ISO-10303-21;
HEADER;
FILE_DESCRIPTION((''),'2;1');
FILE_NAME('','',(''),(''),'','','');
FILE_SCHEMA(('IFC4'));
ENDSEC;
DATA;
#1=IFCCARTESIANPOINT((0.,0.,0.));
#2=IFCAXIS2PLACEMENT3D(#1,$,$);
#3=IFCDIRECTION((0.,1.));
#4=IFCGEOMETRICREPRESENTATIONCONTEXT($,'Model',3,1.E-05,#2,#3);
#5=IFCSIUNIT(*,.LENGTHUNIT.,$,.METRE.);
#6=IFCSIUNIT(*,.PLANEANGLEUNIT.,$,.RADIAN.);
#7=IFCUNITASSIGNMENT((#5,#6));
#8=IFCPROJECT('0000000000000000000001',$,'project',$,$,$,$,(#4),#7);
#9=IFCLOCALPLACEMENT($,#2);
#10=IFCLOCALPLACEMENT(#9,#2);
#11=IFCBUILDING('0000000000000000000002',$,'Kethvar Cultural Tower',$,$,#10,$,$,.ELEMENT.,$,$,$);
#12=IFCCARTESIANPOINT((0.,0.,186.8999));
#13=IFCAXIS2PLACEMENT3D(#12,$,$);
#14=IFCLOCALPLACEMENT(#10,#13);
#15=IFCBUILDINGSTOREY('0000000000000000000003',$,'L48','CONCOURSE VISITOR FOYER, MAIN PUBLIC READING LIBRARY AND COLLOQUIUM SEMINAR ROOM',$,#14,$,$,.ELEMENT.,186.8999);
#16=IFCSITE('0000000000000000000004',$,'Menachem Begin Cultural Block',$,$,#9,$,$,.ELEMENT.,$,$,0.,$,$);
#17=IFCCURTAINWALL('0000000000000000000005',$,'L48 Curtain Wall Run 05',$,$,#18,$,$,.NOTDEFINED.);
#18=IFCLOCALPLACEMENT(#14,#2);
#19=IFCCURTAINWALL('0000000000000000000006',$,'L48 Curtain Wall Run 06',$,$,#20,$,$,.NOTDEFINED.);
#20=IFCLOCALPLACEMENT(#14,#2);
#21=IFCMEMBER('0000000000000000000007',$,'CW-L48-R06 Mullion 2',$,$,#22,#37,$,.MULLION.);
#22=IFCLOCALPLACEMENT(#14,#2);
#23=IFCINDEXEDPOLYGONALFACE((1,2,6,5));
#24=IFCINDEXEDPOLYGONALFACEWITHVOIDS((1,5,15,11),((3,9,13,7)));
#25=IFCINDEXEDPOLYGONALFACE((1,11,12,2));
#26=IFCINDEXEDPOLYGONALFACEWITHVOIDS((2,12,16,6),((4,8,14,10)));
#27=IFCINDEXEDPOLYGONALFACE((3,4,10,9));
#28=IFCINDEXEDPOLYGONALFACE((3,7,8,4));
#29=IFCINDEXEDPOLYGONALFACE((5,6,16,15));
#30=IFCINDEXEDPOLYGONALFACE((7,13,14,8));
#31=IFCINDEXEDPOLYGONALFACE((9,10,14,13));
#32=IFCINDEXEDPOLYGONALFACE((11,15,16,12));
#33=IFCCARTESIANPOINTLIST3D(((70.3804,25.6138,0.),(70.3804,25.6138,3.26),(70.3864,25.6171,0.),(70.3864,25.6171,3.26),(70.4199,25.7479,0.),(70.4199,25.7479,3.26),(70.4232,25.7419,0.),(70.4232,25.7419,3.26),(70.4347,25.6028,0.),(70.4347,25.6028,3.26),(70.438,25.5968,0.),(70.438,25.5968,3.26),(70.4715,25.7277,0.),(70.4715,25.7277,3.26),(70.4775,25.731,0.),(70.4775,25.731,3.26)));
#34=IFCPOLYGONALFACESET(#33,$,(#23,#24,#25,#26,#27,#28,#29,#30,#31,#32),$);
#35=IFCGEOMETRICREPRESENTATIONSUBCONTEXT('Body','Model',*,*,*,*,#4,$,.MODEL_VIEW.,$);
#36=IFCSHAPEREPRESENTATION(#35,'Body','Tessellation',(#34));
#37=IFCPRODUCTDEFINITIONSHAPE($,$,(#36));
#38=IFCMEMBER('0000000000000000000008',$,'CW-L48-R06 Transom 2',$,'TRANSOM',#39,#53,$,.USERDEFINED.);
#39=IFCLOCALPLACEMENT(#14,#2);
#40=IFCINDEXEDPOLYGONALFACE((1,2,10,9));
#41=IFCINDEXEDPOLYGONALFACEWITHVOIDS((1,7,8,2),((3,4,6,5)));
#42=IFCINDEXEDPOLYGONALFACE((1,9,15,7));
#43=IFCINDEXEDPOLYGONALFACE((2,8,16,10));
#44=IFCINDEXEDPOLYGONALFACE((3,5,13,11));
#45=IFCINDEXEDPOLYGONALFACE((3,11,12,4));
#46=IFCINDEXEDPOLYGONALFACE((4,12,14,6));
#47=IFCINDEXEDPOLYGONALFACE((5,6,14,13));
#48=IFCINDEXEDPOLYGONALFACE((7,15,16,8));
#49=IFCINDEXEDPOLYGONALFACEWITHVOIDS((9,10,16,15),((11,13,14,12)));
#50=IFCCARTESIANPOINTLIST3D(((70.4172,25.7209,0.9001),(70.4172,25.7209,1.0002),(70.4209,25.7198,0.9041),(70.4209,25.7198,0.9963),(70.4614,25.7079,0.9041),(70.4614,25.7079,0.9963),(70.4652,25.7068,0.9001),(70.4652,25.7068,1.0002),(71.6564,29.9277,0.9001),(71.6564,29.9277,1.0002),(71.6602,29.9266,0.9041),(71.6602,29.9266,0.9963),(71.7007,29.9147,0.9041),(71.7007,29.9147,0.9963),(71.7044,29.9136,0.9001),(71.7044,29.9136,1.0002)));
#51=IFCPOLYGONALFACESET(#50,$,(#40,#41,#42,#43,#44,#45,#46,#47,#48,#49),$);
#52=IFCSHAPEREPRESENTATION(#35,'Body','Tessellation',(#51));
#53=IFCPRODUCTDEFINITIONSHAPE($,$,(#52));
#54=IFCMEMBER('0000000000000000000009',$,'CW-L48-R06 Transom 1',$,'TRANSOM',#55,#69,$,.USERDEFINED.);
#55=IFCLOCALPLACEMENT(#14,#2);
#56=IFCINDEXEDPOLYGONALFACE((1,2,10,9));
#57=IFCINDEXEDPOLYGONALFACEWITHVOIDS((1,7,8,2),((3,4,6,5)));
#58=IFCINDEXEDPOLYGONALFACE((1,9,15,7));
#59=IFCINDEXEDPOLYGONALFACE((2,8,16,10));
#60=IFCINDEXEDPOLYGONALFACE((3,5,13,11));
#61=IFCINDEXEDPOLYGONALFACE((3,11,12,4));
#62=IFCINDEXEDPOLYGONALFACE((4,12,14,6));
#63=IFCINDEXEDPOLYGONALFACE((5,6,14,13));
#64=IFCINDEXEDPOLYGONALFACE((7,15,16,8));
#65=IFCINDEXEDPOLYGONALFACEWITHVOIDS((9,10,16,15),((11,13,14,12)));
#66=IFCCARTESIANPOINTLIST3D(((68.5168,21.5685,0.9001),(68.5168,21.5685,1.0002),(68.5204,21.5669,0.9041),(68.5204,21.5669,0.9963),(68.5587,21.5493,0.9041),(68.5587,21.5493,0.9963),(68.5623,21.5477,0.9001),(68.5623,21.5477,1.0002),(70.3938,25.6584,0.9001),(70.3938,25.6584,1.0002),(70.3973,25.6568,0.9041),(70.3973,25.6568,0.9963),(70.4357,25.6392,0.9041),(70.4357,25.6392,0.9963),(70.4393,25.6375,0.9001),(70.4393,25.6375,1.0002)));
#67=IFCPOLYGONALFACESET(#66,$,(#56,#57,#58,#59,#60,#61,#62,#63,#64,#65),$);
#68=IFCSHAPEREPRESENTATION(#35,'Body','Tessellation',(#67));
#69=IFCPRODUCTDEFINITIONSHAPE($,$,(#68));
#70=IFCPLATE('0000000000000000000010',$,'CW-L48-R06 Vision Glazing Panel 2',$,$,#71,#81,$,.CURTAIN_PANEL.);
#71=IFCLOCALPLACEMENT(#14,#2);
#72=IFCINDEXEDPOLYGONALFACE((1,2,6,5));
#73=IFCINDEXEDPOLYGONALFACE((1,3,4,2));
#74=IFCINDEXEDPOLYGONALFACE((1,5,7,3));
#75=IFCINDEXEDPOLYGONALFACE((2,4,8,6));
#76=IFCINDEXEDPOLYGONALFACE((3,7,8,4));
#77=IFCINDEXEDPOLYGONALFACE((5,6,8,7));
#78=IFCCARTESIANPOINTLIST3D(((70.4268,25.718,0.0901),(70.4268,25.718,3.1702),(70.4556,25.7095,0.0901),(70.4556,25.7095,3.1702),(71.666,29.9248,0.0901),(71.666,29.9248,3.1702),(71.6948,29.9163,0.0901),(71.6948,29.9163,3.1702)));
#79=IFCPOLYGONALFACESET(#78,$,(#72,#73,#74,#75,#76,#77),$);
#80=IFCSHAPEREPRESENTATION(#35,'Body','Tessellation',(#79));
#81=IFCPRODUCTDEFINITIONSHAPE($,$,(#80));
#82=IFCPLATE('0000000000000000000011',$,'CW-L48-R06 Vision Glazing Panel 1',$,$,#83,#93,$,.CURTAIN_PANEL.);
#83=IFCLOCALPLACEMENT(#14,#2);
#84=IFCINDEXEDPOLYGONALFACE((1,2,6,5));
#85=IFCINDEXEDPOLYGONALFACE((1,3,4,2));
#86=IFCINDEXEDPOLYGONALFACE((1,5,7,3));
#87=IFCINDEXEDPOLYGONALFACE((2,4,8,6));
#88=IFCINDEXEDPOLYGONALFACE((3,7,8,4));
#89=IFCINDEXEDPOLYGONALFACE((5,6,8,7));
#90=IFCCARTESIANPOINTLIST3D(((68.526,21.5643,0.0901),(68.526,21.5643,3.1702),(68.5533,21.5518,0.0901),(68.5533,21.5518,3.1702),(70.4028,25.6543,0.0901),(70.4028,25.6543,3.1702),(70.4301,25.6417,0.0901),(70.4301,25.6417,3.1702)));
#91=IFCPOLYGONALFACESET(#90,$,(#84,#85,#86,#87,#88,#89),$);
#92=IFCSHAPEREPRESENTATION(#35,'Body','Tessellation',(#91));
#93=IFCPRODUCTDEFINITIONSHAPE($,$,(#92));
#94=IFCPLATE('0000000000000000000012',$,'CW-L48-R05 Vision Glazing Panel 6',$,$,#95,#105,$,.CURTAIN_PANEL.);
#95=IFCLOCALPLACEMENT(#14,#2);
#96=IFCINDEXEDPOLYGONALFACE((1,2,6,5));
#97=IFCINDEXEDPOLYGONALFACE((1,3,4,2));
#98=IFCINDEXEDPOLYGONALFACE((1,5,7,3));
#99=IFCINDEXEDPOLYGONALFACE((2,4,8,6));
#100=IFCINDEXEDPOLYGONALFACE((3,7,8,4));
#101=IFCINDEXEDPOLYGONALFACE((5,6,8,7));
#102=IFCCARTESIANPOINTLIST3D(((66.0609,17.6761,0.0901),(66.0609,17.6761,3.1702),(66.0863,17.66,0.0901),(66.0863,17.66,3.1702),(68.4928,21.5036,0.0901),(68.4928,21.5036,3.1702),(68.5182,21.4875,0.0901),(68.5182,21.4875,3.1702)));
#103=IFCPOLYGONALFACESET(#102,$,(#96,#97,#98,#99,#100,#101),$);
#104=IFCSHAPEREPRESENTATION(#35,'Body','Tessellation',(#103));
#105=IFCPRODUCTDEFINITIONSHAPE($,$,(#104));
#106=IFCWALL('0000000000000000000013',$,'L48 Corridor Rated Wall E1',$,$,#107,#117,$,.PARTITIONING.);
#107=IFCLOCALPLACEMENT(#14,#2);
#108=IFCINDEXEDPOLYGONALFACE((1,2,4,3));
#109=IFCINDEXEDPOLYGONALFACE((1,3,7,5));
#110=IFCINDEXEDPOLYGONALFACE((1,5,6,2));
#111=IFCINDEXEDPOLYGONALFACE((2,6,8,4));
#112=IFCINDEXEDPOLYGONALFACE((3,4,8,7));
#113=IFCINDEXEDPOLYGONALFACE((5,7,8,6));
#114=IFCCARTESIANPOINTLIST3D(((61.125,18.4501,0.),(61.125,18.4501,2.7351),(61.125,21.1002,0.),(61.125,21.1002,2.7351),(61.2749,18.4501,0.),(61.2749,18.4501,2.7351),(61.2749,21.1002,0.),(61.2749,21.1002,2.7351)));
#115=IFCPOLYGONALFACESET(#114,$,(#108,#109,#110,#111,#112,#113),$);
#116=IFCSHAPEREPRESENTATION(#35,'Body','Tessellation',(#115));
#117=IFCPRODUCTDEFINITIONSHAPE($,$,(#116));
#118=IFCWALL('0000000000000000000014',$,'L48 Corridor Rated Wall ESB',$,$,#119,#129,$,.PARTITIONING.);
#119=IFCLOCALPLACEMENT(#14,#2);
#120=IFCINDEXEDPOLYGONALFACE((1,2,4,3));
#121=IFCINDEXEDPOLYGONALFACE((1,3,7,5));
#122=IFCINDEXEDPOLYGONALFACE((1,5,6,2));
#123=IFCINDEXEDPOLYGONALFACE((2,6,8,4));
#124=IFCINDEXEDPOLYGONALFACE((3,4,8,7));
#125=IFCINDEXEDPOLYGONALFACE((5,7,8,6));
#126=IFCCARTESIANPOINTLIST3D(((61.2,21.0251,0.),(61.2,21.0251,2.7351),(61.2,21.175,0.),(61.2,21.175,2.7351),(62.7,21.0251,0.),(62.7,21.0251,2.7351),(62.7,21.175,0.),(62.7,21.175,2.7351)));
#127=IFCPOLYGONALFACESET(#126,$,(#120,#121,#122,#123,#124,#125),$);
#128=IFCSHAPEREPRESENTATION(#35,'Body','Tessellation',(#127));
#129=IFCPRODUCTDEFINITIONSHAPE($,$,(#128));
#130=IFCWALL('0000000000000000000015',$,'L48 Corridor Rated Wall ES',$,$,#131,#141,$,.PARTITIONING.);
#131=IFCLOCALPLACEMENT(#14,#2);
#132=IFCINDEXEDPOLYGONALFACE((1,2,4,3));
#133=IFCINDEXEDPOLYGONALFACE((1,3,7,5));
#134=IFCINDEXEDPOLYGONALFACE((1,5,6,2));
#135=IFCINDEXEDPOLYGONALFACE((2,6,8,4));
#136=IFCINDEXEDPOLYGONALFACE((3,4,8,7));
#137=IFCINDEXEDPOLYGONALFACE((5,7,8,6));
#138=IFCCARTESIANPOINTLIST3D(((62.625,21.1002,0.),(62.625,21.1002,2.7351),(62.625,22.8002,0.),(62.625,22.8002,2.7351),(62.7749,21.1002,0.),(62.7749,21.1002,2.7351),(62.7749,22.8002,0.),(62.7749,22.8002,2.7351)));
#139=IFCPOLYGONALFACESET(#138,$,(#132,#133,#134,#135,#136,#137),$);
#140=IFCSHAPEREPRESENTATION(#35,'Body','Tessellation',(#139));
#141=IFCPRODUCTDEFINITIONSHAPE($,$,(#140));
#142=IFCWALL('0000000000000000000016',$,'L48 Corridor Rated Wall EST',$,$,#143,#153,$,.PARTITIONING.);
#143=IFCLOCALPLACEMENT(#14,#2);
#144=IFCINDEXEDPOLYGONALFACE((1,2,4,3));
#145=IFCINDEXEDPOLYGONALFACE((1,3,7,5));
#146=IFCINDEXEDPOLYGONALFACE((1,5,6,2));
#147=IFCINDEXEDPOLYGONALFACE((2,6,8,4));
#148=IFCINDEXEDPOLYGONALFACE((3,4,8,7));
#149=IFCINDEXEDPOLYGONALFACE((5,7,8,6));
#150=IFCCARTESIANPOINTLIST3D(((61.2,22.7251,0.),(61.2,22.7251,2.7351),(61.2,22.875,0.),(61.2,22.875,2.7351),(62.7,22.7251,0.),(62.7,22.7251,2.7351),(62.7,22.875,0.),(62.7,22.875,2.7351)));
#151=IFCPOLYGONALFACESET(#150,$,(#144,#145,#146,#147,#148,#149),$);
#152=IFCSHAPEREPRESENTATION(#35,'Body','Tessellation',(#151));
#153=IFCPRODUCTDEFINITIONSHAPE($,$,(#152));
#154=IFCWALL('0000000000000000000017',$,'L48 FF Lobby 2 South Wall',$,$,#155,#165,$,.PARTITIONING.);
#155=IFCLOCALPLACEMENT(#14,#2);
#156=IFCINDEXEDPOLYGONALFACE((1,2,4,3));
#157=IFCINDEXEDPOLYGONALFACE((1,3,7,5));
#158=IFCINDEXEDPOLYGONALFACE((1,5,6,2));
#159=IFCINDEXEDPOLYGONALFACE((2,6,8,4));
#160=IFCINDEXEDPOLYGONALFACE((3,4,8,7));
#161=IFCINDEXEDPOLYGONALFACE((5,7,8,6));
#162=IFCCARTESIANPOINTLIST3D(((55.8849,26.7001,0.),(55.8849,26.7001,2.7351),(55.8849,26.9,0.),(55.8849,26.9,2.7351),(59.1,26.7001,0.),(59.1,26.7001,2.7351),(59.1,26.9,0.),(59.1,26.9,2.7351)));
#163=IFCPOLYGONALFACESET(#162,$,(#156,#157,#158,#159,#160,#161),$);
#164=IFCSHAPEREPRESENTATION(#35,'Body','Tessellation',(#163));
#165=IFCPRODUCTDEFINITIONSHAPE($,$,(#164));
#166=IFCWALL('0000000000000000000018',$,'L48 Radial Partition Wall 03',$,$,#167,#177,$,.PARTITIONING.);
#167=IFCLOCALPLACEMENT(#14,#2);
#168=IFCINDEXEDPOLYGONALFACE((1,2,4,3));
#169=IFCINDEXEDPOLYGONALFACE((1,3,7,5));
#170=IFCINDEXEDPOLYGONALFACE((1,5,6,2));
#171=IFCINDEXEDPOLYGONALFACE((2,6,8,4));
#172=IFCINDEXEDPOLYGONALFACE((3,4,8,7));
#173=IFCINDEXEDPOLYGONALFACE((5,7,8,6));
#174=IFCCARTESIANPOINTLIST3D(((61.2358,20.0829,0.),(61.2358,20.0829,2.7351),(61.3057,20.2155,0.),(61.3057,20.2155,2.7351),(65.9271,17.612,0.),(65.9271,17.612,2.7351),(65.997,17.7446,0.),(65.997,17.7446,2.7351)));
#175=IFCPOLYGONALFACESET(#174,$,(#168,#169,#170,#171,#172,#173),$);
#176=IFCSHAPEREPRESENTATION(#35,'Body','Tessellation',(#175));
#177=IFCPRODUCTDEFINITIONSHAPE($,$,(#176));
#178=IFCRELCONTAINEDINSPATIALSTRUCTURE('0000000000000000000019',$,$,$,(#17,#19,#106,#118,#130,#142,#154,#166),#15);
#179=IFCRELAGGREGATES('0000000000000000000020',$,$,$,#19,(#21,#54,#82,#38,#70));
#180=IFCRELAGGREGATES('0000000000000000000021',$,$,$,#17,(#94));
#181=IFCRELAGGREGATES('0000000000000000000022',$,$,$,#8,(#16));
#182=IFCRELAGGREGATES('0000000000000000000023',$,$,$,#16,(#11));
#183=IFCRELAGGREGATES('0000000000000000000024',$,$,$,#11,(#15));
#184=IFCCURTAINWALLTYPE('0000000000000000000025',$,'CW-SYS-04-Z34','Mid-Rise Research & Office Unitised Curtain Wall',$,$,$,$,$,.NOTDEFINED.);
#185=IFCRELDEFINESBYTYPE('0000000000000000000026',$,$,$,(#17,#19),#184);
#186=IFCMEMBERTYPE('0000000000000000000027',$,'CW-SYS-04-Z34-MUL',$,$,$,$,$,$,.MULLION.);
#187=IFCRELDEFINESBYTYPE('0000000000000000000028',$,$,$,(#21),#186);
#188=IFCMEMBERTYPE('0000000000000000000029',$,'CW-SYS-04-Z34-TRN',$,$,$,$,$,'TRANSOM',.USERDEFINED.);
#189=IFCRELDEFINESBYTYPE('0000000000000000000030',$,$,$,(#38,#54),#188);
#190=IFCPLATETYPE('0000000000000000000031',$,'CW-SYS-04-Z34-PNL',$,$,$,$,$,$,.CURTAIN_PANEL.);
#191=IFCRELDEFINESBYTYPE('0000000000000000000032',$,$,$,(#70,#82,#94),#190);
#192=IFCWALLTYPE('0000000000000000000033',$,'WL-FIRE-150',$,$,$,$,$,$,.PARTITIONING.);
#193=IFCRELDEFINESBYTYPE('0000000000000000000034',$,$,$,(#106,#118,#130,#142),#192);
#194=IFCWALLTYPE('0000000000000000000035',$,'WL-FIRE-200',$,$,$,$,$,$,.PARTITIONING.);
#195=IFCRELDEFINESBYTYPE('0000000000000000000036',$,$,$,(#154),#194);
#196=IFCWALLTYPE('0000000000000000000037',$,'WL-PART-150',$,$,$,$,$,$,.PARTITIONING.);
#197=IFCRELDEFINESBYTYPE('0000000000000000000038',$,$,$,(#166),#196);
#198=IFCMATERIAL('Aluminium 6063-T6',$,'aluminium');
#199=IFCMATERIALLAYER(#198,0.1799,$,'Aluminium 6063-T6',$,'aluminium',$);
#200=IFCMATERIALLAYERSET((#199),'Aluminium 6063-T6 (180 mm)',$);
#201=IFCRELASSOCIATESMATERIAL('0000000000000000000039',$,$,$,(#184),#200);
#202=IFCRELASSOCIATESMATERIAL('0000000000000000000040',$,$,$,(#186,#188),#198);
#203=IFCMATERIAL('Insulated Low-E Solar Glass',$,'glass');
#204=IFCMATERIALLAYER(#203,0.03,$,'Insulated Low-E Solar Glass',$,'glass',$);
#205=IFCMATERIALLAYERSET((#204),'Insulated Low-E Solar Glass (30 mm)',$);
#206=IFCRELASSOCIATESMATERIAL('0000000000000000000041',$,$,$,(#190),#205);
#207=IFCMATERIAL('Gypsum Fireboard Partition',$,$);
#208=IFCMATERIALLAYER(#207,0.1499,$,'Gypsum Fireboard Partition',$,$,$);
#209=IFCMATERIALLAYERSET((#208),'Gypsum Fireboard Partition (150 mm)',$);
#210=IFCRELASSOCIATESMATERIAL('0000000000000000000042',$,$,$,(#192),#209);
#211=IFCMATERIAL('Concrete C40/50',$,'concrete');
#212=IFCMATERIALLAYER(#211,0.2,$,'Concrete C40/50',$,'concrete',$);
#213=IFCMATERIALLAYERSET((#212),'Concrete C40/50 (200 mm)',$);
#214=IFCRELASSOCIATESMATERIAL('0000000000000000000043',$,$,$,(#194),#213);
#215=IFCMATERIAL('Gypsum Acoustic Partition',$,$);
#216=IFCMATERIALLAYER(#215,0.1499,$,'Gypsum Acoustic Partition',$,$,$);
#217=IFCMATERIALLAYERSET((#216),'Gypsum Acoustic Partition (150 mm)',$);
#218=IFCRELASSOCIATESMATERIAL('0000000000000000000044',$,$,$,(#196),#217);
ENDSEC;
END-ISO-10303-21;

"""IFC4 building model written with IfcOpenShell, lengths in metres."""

from ifc_helpers import new_model, si_unit, direction, frame, frame_2d, origin, origin_2d, place, context, subcontext, project, spatial, rectangle, hollow_rectangle, extrude, source, transform, mapped, material, layer, layer_set, material_profile, profile_set, type_object, element, aggregate, save


model = new_model("IFC4")

# Units and contexts
model_context = context("Model", 3, precision=1e-05, world=origin(), true_north=direction((0.0, 1.0)))
body_context = subcontext(model_context, "Body", "Model", "MODEL_VIEW")
ifc_project = project(units=[si_unit("LENGTHUNIT", "METRE"), si_unit("PLANEANGLEUNIT", "RADIAN")], contexts=[model_context])

# Site, building, storey
site_placement = place(None, origin())
site = spatial("IfcSite", under=ifc_project, at=site_placement, Name="Menachem Begin Cultural Block", CompositionType="ELEMENT", RefElevation=0.0)
building_placement = place(site_placement, origin())
building = spatial("IfcBuilding", under=site, at=building_placement, Name="Kethvar Cultural Tower", CompositionType="ELEMENT")
storey_placement = place(building_placement, frame((0.0, 0.0, 186.8999)))
storey = spatial("IfcBuildingStorey", under=building, at=storey_placement, Name="L48", Description="CONCOURSE VISITOR FOYER, MAIN PUBLIC READING LIBRARY AND COLLOQUIUM SEMINAR ROOM", CompositionType="ELEMENT", Elevation=186.8999)

# Curtain wall
ifc_material_1 = material(Name="Aluminium 6063-T6", Category="aluminium")
ifc_layer_1 = layer(ifc_material_1, 0.1799, Name="Aluminium 6063-T6", Category="aluminium")
ifc_layer_set_1 = layer_set([ifc_layer_1], Name="Aluminium 6063-T6 (180 mm)")
curtain_wall_type = type_object("IfcCurtainWallType", Name="CW-SYS-04-Z34", Description="Mid-Rise Research & Office Unitised Curtain Wall", PredefinedType="NOTDEFINED", material=ifc_layer_set_1)
curtain_wall_1_placement = place(storey_placement, origin())
curtain_wall_1 = element("IfcCurtainWall", 1, at=curtain_wall_1_placement, inside=storey, type_object=curtain_wall_type, Name="L48 Curtain Wall Run 05", PredefinedType="NOTDEFINED")
ifc_material_profile_1 = material_profile(ifc_material_1, hollow_rectangle(XDim=0.0601, YDim=0.1399, WallThickness=0.0049, at=origin_2d()), Name="Aluminium 6063-T6 — RHS140x60x5")
ifc_profile_set_1 = profile_set([ifc_material_profile_1], Name="Aluminium 6063-T6 — RHS140x60x5")
member_type_1 = type_object("IfcMemberType", Name="CW-SYS-04-Z34-MUL", PredefinedType="MULLION", material=ifc_profile_set_1)
shared_shape_1 = source(origin(), body_context, "Body", "SweptSolid", [
    extrude(hollow_rectangle(XDim=0.0601, YDim=0.1399, WallThickness=0.0049, at=origin_2d()), origin(), (0.0, 0.0, 1.0), 3.26),
])

# Curtain wall, members, plates
curtain_wall_2_placement = place(storey_placement, origin())
curtain_wall_2 = element("IfcCurtainWall", 2, at=curtain_wall_2_placement, inside=storey, type_object=curtain_wall_type, Name="L48 Curtain Wall Run 06", PredefinedType="NOTDEFINED")
member_1_placement = place(storey_placement, frame((70.429, 25.6724, 0.0), z_axis=(0.0, 0.0, 1.0), x_axis=(-0.95925, 0.282559, 0.0)))
member_1 = element("IfcMember", 3, at=member_1_placement, type_object=member_type_1, Name="CW-L48-R06 Mullion 2", PredefinedType="MULLION", context=body_context, shape_type="MappedRepresentation", body=[
    mapped(shared_shape_1, transform((0.0, 0.0, 0.0), scale=1.0)),
])
ifc_material_profile_2 = material_profile(ifc_material_1, hollow_rectangle(XDim=0.05, YDim=0.1001, WallThickness=0.0039, at=origin_2d()), Name="Aluminium 6063-T6 — RHS100x50x4")
ifc_profile_set_2 = profile_set([ifc_material_profile_2], Name="Aluminium 6063-T6 — RHS100x50x4")
member_type_2 = type_object("IfcMemberType", Name="CW-SYS-04-Z34-TRN", ElementType="TRANSOM", PredefinedType="USERDEFINED", material=ifc_profile_set_2)
shared_shape_2 = source(origin(), body_context, "Body", "SweptSolid", [
    extrude(hollow_rectangle(XDim=0.05, YDim=0.1001, WallThickness=0.0039, at=origin_2d()), origin(), (0.0, 0.0, 1.0), 4.3855),
])
member_2_placement = place(storey_placement, frame((70.4412, 25.7139, 0.9502), z_axis=(0.282579, 0.959244, 0.0), x_axis=(-0.959244, 0.282579, 0.0)))
member_2 = element("IfcMember", 4, at=member_2_placement, type_object=member_type_2, Name="CW-L48-R06 Transom 2", ObjectType="TRANSOM", PredefinedType="USERDEFINED", context=body_context, shape_type="MappedRepresentation", body=[
    mapped(shared_shape_2, transform((0.0, 0.0, 0.0), scale=1.0)),
])
shared_shape_3 = source(origin(), body_context, "Body", "SweptSolid", [
    extrude(hollow_rectangle(XDim=0.05, YDim=0.1001, WallThickness=0.0039, at=origin_2d()), origin(), (0.0, 0.0, 1.0), 4.5),
])
member_3_placement = place(storey_placement, frame((68.5396, 21.5581, 0.9502), z_axis=(0.417103, 0.908859, 0.0), x_axis=(-0.908859, 0.417103, 0.0)))
member_3 = element("IfcMember", 5, at=member_3_placement, type_object=member_type_2, Name="CW-L48-R06 Transom 1", ObjectType="TRANSOM", PredefinedType="USERDEFINED", context=body_context, shape_type="MappedRepresentation", body=[
    mapped(shared_shape_3, transform((0.0, 0.0, 0.0), scale=1.0)),
])
ifc_material_2 = material(Name="Insulated Low-E Solar Glass", Category="glass")
ifc_layer_2 = layer(ifc_material_2, 0.03, Name="Insulated Low-E Solar Glass", Category="glass")
ifc_layer_set_2 = layer_set([ifc_layer_2], Name="Insulated Low-E Solar Glass (30 mm)")
plate_type = type_object("IfcPlateType", Name="CW-SYS-04-Z34-PNL", PredefinedType="CURTAIN_PANEL", material=ifc_layer_set_2)
shared_shape_4 = source(origin(), body_context, "Body", "SweptSolid", [
    extrude(rectangle(XDim=4.3855, YDim=0.03, at=origin_2d()), origin(), (0.0, 0.0, 1.0), 3.0801),
])
plate_1_placement = place(storey_placement, frame((71.0608, 27.8171, 0.0901), z_axis=(0.0, 0.0, 1.0), x_axis=(0.282559, 0.95925, 0.0)))
plate_1 = element("IfcPlate", 6, at=plate_1_placement, type_object=plate_type, Name="CW-L48-R06 Vision Glazing Panel 2", PredefinedType="CURTAIN_PANEL", context=body_context, shape_type="MappedRepresentation", body=[
    mapped(shared_shape_4, transform((0.0, 0.0, 0.0), scale=1.0)),
])
shared_shape_5 = source(origin(), body_context, "Body", "SweptSolid", [
    extrude(rectangle(XDim=4.5, YDim=0.03, at=origin_2d()), origin(), (0.0, 0.0, 1.0), 3.0801),
])
plate_2_placement = place(storey_placement, frame((69.478, 23.603, 0.0901), z_axis=(0.0, 0.0, 1.0), x_axis=(0.417074, 0.908872, 0.0)))
plate_2 = element("IfcPlate", 7, at=plate_2_placement, type_object=plate_type, Name="CW-L48-R06 Vision Glazing Panel 1", PredefinedType="CURTAIN_PANEL", context=body_context, shape_type="MappedRepresentation", body=[
    mapped(shared_shape_5, transform((0.0, 0.0, 0.0), scale=1.0)),
])
aggregate(curtain_wall_2, [member_1, member_3, plate_2, member_2, plate_1])

# Plate
shared_shape_6 = source(origin(), body_context, "Body", "SweptSolid", [
    extrude(rectangle(XDim=4.5347, YDim=0.03, at=origin_2d()), origin(), (0.0, 0.0, 1.0), 3.0801),
])
plate_3_placement = place(storey_placement, frame((67.2896, 19.5818, 0.0901), z_axis=(0.0, 0.0, 1.0), x_axis=(0.536284, 0.844038, 0.0)))
plate_3 = element("IfcPlate", 8, at=plate_3_placement, type_object=plate_type, Name="CW-L48-R05 Vision Glazing Panel 6", PredefinedType="CURTAIN_PANEL", context=body_context, shape_type="MappedRepresentation", body=[
    mapped(shared_shape_6, transform((0.0, 0.0, 0.0), scale=1.0)),
])
aggregate(curtain_wall_1, [plate_3])

# Walls
ifc_material_3 = material(Name="Gypsum Fireboard Partition")
ifc_layer_3 = layer(ifc_material_3, 0.1499, Name="Gypsum Fireboard Partition")
ifc_layer_set_3 = layer_set([ifc_layer_3], Name="Gypsum Fireboard Partition (150 mm)")
wall_type_1 = type_object("IfcWallType", Name="WL-FIRE-150", PredefinedType="PARTITIONING", material=ifc_layer_set_3)
wall_1_placement = place(storey_placement, frame((61.2, 18.45, 0.0), z_axis=(0.0, 0.0, 1.0), x_axis=(0.0, 1.0, 0.0)))
element("IfcWall", 9, at=wall_1_placement, inside=storey, type_object=wall_type_1, Name="L48 Corridor Rated Wall E1", PredefinedType="PARTITIONING", context=body_context, shape_type="SweptSolid", body=[
    extrude(rectangle(XDim=2.6501, YDim=0.1499, at=frame_2d((1.3252, 0.0))), origin(), (0.0, 0.0, 1.0), 2.7351),
])
wall_2_placement = place(storey_placement, frame((61.2, 21.1001, 0.0), z_axis=(0.0, 0.0, 1.0), x_axis=(1.0, 0.0, 0.0)))
element("IfcWall", 10, at=wall_2_placement, inside=storey, type_object=wall_type_1, Name="L48 Corridor Rated Wall ESB", PredefinedType="PARTITIONING", context=body_context, shape_type="SweptSolid", body=[
    extrude(rectangle(XDim=1.5, YDim=0.1499, at=frame_2d((0.75, 0.0))), origin(), (0.0, 0.0, 1.0), 2.7351),
])
wall_3_placement = place(storey_placement, frame((62.7, 21.1001, 0.0), z_axis=(0.0, 0.0, 1.0), x_axis=(0.0, 1.0, 0.0)))
element("IfcWall", 11, at=wall_3_placement, inside=storey, type_object=wall_type_1, Name="L48 Corridor Rated Wall ES", PredefinedType="PARTITIONING", context=body_context, shape_type="SweptSolid", body=[
    extrude(rectangle(XDim=1.7, YDim=0.1499, at=frame_2d((0.8501, 0.0))), origin(), (0.0, 0.0, 1.0), 2.7351),
])
wall_4_placement = place(storey_placement, frame((62.7, 22.8, 0.0), z_axis=(0.0, 0.0, 1.0), x_axis=(-1.0, 0.0, 0.0)))
element("IfcWall", 12, at=wall_4_placement, inside=storey, type_object=wall_type_1, Name="L48 Corridor Rated Wall EST", PredefinedType="PARTITIONING", context=body_context, shape_type="SweptSolid", body=[
    extrude(rectangle(XDim=1.5, YDim=0.1499, at=frame_2d((0.75, 0.0))), origin(), (0.0, 0.0, 1.0), 2.7351),
])

# Shared definitions
ifc_material_4 = material(Name="Concrete C40/50", Category="concrete")
ifc_layer_4 = layer(ifc_material_4, 0.2, Name="Concrete C40/50", Category="concrete")
ifc_layer_set_4 = layer_set([ifc_layer_4], Name="Concrete C40/50 (200 mm)")
wall_type_2 = type_object("IfcWallType", Name="WL-FIRE-200", PredefinedType="PARTITIONING", material=ifc_layer_set_4)

# Walls
wall_5_placement = place(storey_placement, frame((55.885, 26.8, 0.0), z_axis=(0.0, 0.0, 1.0), x_axis=(1.0, 0.0, 0.0)))
element("IfcWall", 13, at=wall_5_placement, inside=storey, type_object=wall_type_2, Name="L48 FF Lobby 2 South Wall", PredefinedType="PARTITIONING", context=body_context, shape_type="SweptSolid", body=[
    extrude(rectangle(XDim=3.2151, YDim=0.2, at=frame_2d((1.6074, 0.0))), origin(), (0.0, 0.0, 1.0), 2.7351),
])
ifc_material_5 = material(Name="Gypsum Acoustic Partition")
ifc_layer_5 = layer(ifc_material_5, 0.1499, Name="Gypsum Acoustic Partition")
ifc_layer_set_5 = layer_set([ifc_layer_5], Name="Gypsum Acoustic Partition (150 mm)")
wall_type_3 = type_object("IfcWallType", Name="WL-PART-150", PredefinedType="PARTITIONING", material=ifc_layer_set_5)
wall_6_placement = place(storey_placement, frame((61.2708, 20.1492, 0.0), z_axis=(0.0, 0.0, 1.0), x_axis=(0.884779, -0.46601, 0.0)))
element("IfcWall", 14, at=wall_6_placement, inside=storey, type_object=wall_type_3, Name="L48 Radial Partition Wall 03", PredefinedType="PARTITIONING", context=body_context, shape_type="SweptSolid", body=[
    extrude(rectangle(XDim=5.3022, YDim=0.1499, at=frame_2d((2.6511, 0.0))), origin(), (0.0, 0.0, 1.0), 2.7351),
])

save(model, "model.ifc")
